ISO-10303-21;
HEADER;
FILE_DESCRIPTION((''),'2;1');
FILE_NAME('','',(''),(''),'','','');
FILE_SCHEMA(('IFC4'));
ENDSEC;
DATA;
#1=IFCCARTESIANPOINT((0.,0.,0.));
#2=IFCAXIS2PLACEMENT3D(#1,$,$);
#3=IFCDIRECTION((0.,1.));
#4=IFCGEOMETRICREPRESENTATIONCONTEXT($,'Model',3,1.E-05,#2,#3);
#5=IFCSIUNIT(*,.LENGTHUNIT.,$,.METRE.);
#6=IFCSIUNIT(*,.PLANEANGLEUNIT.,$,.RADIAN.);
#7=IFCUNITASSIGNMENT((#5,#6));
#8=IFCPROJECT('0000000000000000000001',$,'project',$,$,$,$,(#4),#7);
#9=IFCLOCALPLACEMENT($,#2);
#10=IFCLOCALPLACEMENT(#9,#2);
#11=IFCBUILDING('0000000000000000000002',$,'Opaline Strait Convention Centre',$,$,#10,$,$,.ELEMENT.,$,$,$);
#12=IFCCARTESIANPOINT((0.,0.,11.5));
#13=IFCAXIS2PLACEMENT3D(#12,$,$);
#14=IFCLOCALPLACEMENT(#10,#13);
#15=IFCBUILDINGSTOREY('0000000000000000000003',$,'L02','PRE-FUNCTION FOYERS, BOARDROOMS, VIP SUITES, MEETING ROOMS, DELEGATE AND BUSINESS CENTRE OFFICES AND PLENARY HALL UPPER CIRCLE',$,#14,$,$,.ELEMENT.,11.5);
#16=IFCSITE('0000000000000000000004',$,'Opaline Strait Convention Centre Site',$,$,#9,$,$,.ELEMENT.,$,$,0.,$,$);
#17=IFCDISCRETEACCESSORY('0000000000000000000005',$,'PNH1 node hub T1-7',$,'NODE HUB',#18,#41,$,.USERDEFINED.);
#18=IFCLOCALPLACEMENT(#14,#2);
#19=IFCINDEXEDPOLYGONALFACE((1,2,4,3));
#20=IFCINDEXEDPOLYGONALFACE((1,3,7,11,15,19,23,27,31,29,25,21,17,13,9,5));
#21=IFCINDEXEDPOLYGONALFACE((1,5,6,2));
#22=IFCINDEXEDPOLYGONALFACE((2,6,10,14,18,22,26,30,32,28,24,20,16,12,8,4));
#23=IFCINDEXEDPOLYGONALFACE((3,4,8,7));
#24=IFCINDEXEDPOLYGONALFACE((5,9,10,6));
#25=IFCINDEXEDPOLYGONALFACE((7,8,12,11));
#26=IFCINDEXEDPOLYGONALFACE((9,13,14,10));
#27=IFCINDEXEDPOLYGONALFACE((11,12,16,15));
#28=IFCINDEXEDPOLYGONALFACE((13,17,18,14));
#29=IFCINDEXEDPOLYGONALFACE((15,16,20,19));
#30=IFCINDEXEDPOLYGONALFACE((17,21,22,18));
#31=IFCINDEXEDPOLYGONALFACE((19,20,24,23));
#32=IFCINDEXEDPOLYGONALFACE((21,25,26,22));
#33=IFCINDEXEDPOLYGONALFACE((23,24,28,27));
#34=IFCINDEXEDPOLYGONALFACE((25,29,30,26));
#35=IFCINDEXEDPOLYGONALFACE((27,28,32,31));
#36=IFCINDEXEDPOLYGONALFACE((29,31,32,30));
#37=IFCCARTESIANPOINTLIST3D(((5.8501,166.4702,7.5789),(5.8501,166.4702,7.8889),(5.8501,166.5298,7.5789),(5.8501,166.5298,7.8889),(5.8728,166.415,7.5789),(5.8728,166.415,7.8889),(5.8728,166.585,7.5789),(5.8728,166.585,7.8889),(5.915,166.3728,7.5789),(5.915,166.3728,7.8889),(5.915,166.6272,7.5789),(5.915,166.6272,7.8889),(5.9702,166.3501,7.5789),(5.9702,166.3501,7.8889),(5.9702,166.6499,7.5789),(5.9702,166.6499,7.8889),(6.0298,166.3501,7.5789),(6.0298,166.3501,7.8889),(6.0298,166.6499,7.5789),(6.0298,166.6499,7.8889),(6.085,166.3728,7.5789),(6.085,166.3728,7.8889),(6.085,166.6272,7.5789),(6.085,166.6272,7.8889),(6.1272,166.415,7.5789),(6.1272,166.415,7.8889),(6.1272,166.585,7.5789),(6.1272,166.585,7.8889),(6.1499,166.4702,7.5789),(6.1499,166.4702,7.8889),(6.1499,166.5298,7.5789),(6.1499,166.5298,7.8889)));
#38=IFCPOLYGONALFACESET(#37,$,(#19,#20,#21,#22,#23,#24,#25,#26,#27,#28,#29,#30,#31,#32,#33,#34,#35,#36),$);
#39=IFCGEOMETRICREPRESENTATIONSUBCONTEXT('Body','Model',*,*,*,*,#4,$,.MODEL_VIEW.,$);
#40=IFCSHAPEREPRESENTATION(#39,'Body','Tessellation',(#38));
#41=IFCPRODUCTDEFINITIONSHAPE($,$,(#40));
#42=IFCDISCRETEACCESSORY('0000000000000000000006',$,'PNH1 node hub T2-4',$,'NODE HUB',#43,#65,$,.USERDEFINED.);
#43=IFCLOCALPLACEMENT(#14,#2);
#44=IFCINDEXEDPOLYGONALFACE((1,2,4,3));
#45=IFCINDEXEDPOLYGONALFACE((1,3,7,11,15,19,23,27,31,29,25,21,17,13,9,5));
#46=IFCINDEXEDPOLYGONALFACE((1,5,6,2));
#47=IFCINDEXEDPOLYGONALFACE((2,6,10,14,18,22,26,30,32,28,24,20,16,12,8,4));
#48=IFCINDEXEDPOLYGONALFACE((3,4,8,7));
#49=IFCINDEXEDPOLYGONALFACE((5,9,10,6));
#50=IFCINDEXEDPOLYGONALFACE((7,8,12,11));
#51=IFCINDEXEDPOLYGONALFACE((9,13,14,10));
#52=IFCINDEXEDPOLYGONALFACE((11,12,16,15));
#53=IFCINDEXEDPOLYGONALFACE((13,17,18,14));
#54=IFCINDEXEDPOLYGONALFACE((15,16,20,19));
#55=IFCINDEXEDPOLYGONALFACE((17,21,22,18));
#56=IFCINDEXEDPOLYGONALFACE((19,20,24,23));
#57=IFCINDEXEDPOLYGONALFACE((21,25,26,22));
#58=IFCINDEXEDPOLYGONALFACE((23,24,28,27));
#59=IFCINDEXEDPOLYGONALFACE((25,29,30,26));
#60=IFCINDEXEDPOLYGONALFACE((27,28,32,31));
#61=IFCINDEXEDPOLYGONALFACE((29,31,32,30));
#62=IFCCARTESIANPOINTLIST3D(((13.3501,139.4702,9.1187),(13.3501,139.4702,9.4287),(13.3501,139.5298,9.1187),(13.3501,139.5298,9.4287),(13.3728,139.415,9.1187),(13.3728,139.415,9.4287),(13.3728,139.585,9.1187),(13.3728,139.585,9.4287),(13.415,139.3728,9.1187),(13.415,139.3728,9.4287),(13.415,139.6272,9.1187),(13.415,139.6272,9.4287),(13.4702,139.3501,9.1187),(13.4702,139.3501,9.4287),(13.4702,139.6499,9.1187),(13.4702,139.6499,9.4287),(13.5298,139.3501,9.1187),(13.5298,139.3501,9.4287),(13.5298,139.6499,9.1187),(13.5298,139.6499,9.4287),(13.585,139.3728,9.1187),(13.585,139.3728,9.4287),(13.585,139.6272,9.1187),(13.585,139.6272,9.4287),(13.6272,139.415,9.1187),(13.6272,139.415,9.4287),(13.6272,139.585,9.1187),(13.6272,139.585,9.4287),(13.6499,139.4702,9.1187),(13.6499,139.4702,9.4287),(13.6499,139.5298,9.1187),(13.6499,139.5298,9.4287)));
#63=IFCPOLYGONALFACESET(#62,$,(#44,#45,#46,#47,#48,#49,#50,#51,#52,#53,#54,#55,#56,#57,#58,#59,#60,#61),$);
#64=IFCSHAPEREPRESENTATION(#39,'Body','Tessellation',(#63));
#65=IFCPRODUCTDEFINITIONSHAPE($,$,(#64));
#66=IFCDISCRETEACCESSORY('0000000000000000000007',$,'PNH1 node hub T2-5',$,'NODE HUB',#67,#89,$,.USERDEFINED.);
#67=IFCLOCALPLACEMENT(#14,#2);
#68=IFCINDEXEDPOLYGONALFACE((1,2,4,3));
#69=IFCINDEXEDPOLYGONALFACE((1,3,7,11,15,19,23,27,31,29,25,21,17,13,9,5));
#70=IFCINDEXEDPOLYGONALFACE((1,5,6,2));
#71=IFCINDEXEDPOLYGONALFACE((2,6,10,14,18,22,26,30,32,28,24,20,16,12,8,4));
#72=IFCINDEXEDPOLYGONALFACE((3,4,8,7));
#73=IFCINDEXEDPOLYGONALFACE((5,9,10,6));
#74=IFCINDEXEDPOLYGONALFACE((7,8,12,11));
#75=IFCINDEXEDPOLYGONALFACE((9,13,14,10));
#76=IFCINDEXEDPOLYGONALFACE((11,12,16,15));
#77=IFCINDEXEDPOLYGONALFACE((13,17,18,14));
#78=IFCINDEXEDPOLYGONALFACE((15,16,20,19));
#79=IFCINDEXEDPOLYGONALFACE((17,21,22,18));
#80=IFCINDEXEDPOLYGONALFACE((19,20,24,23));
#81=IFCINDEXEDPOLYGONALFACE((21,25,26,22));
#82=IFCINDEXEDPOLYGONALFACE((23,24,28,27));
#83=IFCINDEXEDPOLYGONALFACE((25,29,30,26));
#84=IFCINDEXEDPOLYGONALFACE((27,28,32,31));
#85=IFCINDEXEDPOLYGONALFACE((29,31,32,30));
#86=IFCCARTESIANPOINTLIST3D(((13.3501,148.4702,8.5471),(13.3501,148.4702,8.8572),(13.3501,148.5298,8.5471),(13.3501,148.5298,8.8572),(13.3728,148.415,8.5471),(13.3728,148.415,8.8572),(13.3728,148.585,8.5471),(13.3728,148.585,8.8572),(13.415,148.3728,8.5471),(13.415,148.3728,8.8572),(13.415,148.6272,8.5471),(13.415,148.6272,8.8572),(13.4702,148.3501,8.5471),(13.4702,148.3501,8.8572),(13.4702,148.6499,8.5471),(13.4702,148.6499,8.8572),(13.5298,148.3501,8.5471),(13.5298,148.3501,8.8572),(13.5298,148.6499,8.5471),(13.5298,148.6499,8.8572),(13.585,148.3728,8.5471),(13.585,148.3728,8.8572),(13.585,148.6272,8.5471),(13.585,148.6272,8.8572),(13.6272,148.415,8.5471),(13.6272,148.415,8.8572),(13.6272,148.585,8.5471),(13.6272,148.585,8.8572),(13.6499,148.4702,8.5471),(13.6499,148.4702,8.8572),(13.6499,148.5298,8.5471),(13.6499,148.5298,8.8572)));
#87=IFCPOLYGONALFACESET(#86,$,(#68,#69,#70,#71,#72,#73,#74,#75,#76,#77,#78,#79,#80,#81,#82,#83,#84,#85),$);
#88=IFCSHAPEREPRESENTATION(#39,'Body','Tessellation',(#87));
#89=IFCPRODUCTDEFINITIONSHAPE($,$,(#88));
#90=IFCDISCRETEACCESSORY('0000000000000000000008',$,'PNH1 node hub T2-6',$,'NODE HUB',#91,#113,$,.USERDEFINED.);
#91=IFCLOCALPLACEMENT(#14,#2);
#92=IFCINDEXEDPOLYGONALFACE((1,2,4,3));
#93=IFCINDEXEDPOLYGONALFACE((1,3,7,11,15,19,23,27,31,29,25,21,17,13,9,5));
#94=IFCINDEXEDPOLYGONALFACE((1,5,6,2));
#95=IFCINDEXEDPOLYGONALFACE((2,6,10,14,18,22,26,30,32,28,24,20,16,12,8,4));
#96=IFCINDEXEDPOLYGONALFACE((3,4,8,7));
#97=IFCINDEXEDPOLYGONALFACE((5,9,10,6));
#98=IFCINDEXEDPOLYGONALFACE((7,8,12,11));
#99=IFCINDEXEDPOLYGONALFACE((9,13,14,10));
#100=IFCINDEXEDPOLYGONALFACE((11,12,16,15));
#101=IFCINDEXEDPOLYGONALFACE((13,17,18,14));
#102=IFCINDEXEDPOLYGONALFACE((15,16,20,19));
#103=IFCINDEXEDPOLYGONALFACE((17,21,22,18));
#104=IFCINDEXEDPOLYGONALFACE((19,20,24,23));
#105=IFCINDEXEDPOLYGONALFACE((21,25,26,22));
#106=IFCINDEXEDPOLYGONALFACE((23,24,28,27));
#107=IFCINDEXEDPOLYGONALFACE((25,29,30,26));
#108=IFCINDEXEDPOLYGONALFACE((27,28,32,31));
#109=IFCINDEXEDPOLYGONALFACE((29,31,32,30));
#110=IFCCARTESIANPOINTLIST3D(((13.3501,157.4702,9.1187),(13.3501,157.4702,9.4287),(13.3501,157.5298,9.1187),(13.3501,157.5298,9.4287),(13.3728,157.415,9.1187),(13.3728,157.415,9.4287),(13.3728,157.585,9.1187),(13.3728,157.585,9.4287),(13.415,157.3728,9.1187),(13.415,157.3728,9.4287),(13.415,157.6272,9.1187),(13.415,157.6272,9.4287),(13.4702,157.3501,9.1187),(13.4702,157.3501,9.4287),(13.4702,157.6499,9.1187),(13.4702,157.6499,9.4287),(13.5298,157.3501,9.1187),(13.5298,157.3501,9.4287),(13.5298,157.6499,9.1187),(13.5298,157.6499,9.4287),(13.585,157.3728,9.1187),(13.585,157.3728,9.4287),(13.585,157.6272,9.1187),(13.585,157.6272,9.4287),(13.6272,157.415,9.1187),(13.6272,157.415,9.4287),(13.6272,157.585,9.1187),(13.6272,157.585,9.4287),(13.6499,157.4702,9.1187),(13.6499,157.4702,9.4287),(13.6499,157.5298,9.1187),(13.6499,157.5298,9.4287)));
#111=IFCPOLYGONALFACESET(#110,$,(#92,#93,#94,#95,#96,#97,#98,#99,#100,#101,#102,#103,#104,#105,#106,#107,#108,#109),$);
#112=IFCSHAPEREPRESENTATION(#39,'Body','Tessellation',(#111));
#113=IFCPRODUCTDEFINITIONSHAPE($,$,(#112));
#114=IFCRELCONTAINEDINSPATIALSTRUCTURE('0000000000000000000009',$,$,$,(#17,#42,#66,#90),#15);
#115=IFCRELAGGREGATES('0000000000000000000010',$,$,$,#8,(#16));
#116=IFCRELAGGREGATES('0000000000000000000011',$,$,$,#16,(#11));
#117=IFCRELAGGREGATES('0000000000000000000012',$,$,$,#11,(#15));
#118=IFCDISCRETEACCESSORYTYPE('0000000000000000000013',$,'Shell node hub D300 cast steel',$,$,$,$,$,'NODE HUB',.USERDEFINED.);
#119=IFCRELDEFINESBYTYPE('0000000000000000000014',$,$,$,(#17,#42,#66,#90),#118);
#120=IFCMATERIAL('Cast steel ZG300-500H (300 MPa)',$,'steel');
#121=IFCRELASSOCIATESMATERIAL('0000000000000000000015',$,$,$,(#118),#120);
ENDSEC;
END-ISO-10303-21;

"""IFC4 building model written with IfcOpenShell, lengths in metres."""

from ifc_helpers import new_model, si_unit, direction, frame, origin, place, context, subcontext, project, spatial, polyline, outline, extrude, material, type_object, element, save


model = new_model("IFC4")

# Units and contexts
model_context = context("Model", 3, precision=1e-05, world=origin(), true_north=direction((0.0, 1.0)))
body_context = subcontext(model_context, "Body", "Model", "MODEL_VIEW")
ifc_project = project(units=[si_unit("LENGTHUNIT", "METRE"), si_unit("PLANEANGLEUNIT", "RADIAN")], contexts=[model_context])

# Site, building, storey
site_placement = place(None, origin())
site = spatial("IfcSite", under=ifc_project, at=site_placement, Name="Opaline Strait Convention Centre Site", CompositionType="ELEMENT", RefElevation=0.0)
building_placement = place(site_placement, origin())
building = spatial("IfcBuilding", under=site, at=building_placement, Name="Opaline Strait Convention Centre", CompositionType="ELEMENT")
storey_placement = place(building_placement, frame((0.0, 0.0, 11.5)))
storey = spatial("IfcBuildingStorey", under=building, at=storey_placement, Name="L02", Description="PRE-FUNCTION FOYERS, BOARDROOMS, VIP SUITES, MEETING ROOMS, DELEGATE AND BUSINESS CENTRE OFFICES AND PLENARY HALL UPPER CIRCLE", CompositionType="ELEMENT", Elevation=11.5)

# Discrete accessories
ifc_material = material(Name="Cast steel ZG300-500H (300 MPa)", Category="steel")
discrete_accessory_type = type_object("IfcDiscreteAccessoryType", Name="Shell node hub D300 cast steel", ElementType="NODE HUB", PredefinedType="USERDEFINED", material=ifc_material)
discrete_accessory_1_placement = place(storey_placement, frame((0.0, 0.0, 7.5789)))
element("IfcDiscreteAccessory", 1, at=discrete_accessory_1_placement, inside=storey, type_object=discrete_accessory_type, Name="PNH1 node hub T1-7", ObjectType="NODE HUB", PredefinedType="USERDEFINED", context=body_context, shape_type="SweptSolid", body=[
    extrude(outline(polyline([(6.1499, 166.5298), (6.1272, 166.585), (6.085, 166.6272), (6.0298, 166.6499), (5.9702, 166.6499), (5.915, 166.6272), (5.8728, 166.585), (5.8501, 166.5298), (5.8501, 166.4702), (5.8728, 166.415), (5.915, 166.3728), (5.9702, 166.3501), (6.0298, 166.3501), (6.085, 166.3728), (6.1272, 166.415), (6.1499, 166.4702), (6.1499, 166.5298)])), origin(), (0.0, 0.0, 1.0), 0.3101),
])
discrete_accessory_2_placement = place(storey_placement, frame((0.0, 0.0, 9.1187)))
element("IfcDiscreteAccessory", 2, at=discrete_accessory_2_placement, inside=storey, type_object=discrete_accessory_type, Name="PNH1 node hub T2-4", ObjectType="NODE HUB", PredefinedType="USERDEFINED", context=body_context, shape_type="SweptSolid", body=[
    extrude(outline(polyline([(13.6499, 139.5298), (13.6272, 139.585), (13.585, 139.6272), (13.5298, 139.6499), (13.4702, 139.6499), (13.415, 139.6272), (13.3728, 139.585), (13.3501, 139.5298), (13.3501, 139.4702), (13.3728, 139.415), (13.415, 139.3728), (13.4702, 139.3501), (13.5298, 139.3501), (13.585, 139.3728), (13.6272, 139.415), (13.6499, 139.4702), (13.6499, 139.5298)])), origin(), (0.0, 0.0, 1.0), 0.3101),
])
discrete_accessory_3_placement = place(storey_placement, frame((0.0, 0.0, 8.5471)))
element("IfcDiscreteAccessory", 3, at=discrete_accessory_3_placement, inside=storey, type_object=discrete_accessory_type, Name="PNH1 node hub T2-5", ObjectType="NODE HUB", PredefinedType="USERDEFINED", context=body_context, shape_type="SweptSolid", body=[
    extrude(outline(polyline([(13.6499, 148.5298), (13.6272, 148.585), (13.585, 148.6272), (13.5298, 148.6499), (13.4702, 148.6499), (13.415, 148.6272), (13.3728, 148.585), (13.3501, 148.5298), (13.3501, 148.4702), (13.3728, 148.415), (13.415, 148.3728), (13.4702, 148.3501), (13.5298, 148.3501), (13.585, 148.3728), (13.6272, 148.415), (13.6499, 148.4702), (13.6499, 148.5298)])), origin(), (0.0, 0.0, 1.0), 0.3101),
])
discrete_accessory_4_placement = place(storey_placement, frame((0.0, 0.0, 9.1187)))
element("IfcDiscreteAccessory", 4, at=discrete_accessory_4_placement, inside=storey, type_object=discrete_accessory_type, Name="PNH1 node hub T2-6", ObjectType="NODE HUB", PredefinedType="USERDEFINED", context=body_context, shape_type="SweptSolid", body=[
    extrude(outline(polyline([(13.6499, 157.5298), (13.6272, 157.585), (13.585, 157.6272), (13.5298, 157.6499), (13.4702, 157.6499), (13.415, 157.6272), (13.3728, 157.585), (13.3501, 157.5298), (13.3501, 157.4702), (13.3728, 157.415), (13.415, 157.3728), (13.4702, 157.3501), (13.5298, 157.3501), (13.585, 157.3728), (13.6272, 157.415), (13.6499, 157.4702), (13.6499, 157.5298)])), origin(), (0.0, 0.0, 1.0), 0.3101),
])

save(model, "model.ifc")
